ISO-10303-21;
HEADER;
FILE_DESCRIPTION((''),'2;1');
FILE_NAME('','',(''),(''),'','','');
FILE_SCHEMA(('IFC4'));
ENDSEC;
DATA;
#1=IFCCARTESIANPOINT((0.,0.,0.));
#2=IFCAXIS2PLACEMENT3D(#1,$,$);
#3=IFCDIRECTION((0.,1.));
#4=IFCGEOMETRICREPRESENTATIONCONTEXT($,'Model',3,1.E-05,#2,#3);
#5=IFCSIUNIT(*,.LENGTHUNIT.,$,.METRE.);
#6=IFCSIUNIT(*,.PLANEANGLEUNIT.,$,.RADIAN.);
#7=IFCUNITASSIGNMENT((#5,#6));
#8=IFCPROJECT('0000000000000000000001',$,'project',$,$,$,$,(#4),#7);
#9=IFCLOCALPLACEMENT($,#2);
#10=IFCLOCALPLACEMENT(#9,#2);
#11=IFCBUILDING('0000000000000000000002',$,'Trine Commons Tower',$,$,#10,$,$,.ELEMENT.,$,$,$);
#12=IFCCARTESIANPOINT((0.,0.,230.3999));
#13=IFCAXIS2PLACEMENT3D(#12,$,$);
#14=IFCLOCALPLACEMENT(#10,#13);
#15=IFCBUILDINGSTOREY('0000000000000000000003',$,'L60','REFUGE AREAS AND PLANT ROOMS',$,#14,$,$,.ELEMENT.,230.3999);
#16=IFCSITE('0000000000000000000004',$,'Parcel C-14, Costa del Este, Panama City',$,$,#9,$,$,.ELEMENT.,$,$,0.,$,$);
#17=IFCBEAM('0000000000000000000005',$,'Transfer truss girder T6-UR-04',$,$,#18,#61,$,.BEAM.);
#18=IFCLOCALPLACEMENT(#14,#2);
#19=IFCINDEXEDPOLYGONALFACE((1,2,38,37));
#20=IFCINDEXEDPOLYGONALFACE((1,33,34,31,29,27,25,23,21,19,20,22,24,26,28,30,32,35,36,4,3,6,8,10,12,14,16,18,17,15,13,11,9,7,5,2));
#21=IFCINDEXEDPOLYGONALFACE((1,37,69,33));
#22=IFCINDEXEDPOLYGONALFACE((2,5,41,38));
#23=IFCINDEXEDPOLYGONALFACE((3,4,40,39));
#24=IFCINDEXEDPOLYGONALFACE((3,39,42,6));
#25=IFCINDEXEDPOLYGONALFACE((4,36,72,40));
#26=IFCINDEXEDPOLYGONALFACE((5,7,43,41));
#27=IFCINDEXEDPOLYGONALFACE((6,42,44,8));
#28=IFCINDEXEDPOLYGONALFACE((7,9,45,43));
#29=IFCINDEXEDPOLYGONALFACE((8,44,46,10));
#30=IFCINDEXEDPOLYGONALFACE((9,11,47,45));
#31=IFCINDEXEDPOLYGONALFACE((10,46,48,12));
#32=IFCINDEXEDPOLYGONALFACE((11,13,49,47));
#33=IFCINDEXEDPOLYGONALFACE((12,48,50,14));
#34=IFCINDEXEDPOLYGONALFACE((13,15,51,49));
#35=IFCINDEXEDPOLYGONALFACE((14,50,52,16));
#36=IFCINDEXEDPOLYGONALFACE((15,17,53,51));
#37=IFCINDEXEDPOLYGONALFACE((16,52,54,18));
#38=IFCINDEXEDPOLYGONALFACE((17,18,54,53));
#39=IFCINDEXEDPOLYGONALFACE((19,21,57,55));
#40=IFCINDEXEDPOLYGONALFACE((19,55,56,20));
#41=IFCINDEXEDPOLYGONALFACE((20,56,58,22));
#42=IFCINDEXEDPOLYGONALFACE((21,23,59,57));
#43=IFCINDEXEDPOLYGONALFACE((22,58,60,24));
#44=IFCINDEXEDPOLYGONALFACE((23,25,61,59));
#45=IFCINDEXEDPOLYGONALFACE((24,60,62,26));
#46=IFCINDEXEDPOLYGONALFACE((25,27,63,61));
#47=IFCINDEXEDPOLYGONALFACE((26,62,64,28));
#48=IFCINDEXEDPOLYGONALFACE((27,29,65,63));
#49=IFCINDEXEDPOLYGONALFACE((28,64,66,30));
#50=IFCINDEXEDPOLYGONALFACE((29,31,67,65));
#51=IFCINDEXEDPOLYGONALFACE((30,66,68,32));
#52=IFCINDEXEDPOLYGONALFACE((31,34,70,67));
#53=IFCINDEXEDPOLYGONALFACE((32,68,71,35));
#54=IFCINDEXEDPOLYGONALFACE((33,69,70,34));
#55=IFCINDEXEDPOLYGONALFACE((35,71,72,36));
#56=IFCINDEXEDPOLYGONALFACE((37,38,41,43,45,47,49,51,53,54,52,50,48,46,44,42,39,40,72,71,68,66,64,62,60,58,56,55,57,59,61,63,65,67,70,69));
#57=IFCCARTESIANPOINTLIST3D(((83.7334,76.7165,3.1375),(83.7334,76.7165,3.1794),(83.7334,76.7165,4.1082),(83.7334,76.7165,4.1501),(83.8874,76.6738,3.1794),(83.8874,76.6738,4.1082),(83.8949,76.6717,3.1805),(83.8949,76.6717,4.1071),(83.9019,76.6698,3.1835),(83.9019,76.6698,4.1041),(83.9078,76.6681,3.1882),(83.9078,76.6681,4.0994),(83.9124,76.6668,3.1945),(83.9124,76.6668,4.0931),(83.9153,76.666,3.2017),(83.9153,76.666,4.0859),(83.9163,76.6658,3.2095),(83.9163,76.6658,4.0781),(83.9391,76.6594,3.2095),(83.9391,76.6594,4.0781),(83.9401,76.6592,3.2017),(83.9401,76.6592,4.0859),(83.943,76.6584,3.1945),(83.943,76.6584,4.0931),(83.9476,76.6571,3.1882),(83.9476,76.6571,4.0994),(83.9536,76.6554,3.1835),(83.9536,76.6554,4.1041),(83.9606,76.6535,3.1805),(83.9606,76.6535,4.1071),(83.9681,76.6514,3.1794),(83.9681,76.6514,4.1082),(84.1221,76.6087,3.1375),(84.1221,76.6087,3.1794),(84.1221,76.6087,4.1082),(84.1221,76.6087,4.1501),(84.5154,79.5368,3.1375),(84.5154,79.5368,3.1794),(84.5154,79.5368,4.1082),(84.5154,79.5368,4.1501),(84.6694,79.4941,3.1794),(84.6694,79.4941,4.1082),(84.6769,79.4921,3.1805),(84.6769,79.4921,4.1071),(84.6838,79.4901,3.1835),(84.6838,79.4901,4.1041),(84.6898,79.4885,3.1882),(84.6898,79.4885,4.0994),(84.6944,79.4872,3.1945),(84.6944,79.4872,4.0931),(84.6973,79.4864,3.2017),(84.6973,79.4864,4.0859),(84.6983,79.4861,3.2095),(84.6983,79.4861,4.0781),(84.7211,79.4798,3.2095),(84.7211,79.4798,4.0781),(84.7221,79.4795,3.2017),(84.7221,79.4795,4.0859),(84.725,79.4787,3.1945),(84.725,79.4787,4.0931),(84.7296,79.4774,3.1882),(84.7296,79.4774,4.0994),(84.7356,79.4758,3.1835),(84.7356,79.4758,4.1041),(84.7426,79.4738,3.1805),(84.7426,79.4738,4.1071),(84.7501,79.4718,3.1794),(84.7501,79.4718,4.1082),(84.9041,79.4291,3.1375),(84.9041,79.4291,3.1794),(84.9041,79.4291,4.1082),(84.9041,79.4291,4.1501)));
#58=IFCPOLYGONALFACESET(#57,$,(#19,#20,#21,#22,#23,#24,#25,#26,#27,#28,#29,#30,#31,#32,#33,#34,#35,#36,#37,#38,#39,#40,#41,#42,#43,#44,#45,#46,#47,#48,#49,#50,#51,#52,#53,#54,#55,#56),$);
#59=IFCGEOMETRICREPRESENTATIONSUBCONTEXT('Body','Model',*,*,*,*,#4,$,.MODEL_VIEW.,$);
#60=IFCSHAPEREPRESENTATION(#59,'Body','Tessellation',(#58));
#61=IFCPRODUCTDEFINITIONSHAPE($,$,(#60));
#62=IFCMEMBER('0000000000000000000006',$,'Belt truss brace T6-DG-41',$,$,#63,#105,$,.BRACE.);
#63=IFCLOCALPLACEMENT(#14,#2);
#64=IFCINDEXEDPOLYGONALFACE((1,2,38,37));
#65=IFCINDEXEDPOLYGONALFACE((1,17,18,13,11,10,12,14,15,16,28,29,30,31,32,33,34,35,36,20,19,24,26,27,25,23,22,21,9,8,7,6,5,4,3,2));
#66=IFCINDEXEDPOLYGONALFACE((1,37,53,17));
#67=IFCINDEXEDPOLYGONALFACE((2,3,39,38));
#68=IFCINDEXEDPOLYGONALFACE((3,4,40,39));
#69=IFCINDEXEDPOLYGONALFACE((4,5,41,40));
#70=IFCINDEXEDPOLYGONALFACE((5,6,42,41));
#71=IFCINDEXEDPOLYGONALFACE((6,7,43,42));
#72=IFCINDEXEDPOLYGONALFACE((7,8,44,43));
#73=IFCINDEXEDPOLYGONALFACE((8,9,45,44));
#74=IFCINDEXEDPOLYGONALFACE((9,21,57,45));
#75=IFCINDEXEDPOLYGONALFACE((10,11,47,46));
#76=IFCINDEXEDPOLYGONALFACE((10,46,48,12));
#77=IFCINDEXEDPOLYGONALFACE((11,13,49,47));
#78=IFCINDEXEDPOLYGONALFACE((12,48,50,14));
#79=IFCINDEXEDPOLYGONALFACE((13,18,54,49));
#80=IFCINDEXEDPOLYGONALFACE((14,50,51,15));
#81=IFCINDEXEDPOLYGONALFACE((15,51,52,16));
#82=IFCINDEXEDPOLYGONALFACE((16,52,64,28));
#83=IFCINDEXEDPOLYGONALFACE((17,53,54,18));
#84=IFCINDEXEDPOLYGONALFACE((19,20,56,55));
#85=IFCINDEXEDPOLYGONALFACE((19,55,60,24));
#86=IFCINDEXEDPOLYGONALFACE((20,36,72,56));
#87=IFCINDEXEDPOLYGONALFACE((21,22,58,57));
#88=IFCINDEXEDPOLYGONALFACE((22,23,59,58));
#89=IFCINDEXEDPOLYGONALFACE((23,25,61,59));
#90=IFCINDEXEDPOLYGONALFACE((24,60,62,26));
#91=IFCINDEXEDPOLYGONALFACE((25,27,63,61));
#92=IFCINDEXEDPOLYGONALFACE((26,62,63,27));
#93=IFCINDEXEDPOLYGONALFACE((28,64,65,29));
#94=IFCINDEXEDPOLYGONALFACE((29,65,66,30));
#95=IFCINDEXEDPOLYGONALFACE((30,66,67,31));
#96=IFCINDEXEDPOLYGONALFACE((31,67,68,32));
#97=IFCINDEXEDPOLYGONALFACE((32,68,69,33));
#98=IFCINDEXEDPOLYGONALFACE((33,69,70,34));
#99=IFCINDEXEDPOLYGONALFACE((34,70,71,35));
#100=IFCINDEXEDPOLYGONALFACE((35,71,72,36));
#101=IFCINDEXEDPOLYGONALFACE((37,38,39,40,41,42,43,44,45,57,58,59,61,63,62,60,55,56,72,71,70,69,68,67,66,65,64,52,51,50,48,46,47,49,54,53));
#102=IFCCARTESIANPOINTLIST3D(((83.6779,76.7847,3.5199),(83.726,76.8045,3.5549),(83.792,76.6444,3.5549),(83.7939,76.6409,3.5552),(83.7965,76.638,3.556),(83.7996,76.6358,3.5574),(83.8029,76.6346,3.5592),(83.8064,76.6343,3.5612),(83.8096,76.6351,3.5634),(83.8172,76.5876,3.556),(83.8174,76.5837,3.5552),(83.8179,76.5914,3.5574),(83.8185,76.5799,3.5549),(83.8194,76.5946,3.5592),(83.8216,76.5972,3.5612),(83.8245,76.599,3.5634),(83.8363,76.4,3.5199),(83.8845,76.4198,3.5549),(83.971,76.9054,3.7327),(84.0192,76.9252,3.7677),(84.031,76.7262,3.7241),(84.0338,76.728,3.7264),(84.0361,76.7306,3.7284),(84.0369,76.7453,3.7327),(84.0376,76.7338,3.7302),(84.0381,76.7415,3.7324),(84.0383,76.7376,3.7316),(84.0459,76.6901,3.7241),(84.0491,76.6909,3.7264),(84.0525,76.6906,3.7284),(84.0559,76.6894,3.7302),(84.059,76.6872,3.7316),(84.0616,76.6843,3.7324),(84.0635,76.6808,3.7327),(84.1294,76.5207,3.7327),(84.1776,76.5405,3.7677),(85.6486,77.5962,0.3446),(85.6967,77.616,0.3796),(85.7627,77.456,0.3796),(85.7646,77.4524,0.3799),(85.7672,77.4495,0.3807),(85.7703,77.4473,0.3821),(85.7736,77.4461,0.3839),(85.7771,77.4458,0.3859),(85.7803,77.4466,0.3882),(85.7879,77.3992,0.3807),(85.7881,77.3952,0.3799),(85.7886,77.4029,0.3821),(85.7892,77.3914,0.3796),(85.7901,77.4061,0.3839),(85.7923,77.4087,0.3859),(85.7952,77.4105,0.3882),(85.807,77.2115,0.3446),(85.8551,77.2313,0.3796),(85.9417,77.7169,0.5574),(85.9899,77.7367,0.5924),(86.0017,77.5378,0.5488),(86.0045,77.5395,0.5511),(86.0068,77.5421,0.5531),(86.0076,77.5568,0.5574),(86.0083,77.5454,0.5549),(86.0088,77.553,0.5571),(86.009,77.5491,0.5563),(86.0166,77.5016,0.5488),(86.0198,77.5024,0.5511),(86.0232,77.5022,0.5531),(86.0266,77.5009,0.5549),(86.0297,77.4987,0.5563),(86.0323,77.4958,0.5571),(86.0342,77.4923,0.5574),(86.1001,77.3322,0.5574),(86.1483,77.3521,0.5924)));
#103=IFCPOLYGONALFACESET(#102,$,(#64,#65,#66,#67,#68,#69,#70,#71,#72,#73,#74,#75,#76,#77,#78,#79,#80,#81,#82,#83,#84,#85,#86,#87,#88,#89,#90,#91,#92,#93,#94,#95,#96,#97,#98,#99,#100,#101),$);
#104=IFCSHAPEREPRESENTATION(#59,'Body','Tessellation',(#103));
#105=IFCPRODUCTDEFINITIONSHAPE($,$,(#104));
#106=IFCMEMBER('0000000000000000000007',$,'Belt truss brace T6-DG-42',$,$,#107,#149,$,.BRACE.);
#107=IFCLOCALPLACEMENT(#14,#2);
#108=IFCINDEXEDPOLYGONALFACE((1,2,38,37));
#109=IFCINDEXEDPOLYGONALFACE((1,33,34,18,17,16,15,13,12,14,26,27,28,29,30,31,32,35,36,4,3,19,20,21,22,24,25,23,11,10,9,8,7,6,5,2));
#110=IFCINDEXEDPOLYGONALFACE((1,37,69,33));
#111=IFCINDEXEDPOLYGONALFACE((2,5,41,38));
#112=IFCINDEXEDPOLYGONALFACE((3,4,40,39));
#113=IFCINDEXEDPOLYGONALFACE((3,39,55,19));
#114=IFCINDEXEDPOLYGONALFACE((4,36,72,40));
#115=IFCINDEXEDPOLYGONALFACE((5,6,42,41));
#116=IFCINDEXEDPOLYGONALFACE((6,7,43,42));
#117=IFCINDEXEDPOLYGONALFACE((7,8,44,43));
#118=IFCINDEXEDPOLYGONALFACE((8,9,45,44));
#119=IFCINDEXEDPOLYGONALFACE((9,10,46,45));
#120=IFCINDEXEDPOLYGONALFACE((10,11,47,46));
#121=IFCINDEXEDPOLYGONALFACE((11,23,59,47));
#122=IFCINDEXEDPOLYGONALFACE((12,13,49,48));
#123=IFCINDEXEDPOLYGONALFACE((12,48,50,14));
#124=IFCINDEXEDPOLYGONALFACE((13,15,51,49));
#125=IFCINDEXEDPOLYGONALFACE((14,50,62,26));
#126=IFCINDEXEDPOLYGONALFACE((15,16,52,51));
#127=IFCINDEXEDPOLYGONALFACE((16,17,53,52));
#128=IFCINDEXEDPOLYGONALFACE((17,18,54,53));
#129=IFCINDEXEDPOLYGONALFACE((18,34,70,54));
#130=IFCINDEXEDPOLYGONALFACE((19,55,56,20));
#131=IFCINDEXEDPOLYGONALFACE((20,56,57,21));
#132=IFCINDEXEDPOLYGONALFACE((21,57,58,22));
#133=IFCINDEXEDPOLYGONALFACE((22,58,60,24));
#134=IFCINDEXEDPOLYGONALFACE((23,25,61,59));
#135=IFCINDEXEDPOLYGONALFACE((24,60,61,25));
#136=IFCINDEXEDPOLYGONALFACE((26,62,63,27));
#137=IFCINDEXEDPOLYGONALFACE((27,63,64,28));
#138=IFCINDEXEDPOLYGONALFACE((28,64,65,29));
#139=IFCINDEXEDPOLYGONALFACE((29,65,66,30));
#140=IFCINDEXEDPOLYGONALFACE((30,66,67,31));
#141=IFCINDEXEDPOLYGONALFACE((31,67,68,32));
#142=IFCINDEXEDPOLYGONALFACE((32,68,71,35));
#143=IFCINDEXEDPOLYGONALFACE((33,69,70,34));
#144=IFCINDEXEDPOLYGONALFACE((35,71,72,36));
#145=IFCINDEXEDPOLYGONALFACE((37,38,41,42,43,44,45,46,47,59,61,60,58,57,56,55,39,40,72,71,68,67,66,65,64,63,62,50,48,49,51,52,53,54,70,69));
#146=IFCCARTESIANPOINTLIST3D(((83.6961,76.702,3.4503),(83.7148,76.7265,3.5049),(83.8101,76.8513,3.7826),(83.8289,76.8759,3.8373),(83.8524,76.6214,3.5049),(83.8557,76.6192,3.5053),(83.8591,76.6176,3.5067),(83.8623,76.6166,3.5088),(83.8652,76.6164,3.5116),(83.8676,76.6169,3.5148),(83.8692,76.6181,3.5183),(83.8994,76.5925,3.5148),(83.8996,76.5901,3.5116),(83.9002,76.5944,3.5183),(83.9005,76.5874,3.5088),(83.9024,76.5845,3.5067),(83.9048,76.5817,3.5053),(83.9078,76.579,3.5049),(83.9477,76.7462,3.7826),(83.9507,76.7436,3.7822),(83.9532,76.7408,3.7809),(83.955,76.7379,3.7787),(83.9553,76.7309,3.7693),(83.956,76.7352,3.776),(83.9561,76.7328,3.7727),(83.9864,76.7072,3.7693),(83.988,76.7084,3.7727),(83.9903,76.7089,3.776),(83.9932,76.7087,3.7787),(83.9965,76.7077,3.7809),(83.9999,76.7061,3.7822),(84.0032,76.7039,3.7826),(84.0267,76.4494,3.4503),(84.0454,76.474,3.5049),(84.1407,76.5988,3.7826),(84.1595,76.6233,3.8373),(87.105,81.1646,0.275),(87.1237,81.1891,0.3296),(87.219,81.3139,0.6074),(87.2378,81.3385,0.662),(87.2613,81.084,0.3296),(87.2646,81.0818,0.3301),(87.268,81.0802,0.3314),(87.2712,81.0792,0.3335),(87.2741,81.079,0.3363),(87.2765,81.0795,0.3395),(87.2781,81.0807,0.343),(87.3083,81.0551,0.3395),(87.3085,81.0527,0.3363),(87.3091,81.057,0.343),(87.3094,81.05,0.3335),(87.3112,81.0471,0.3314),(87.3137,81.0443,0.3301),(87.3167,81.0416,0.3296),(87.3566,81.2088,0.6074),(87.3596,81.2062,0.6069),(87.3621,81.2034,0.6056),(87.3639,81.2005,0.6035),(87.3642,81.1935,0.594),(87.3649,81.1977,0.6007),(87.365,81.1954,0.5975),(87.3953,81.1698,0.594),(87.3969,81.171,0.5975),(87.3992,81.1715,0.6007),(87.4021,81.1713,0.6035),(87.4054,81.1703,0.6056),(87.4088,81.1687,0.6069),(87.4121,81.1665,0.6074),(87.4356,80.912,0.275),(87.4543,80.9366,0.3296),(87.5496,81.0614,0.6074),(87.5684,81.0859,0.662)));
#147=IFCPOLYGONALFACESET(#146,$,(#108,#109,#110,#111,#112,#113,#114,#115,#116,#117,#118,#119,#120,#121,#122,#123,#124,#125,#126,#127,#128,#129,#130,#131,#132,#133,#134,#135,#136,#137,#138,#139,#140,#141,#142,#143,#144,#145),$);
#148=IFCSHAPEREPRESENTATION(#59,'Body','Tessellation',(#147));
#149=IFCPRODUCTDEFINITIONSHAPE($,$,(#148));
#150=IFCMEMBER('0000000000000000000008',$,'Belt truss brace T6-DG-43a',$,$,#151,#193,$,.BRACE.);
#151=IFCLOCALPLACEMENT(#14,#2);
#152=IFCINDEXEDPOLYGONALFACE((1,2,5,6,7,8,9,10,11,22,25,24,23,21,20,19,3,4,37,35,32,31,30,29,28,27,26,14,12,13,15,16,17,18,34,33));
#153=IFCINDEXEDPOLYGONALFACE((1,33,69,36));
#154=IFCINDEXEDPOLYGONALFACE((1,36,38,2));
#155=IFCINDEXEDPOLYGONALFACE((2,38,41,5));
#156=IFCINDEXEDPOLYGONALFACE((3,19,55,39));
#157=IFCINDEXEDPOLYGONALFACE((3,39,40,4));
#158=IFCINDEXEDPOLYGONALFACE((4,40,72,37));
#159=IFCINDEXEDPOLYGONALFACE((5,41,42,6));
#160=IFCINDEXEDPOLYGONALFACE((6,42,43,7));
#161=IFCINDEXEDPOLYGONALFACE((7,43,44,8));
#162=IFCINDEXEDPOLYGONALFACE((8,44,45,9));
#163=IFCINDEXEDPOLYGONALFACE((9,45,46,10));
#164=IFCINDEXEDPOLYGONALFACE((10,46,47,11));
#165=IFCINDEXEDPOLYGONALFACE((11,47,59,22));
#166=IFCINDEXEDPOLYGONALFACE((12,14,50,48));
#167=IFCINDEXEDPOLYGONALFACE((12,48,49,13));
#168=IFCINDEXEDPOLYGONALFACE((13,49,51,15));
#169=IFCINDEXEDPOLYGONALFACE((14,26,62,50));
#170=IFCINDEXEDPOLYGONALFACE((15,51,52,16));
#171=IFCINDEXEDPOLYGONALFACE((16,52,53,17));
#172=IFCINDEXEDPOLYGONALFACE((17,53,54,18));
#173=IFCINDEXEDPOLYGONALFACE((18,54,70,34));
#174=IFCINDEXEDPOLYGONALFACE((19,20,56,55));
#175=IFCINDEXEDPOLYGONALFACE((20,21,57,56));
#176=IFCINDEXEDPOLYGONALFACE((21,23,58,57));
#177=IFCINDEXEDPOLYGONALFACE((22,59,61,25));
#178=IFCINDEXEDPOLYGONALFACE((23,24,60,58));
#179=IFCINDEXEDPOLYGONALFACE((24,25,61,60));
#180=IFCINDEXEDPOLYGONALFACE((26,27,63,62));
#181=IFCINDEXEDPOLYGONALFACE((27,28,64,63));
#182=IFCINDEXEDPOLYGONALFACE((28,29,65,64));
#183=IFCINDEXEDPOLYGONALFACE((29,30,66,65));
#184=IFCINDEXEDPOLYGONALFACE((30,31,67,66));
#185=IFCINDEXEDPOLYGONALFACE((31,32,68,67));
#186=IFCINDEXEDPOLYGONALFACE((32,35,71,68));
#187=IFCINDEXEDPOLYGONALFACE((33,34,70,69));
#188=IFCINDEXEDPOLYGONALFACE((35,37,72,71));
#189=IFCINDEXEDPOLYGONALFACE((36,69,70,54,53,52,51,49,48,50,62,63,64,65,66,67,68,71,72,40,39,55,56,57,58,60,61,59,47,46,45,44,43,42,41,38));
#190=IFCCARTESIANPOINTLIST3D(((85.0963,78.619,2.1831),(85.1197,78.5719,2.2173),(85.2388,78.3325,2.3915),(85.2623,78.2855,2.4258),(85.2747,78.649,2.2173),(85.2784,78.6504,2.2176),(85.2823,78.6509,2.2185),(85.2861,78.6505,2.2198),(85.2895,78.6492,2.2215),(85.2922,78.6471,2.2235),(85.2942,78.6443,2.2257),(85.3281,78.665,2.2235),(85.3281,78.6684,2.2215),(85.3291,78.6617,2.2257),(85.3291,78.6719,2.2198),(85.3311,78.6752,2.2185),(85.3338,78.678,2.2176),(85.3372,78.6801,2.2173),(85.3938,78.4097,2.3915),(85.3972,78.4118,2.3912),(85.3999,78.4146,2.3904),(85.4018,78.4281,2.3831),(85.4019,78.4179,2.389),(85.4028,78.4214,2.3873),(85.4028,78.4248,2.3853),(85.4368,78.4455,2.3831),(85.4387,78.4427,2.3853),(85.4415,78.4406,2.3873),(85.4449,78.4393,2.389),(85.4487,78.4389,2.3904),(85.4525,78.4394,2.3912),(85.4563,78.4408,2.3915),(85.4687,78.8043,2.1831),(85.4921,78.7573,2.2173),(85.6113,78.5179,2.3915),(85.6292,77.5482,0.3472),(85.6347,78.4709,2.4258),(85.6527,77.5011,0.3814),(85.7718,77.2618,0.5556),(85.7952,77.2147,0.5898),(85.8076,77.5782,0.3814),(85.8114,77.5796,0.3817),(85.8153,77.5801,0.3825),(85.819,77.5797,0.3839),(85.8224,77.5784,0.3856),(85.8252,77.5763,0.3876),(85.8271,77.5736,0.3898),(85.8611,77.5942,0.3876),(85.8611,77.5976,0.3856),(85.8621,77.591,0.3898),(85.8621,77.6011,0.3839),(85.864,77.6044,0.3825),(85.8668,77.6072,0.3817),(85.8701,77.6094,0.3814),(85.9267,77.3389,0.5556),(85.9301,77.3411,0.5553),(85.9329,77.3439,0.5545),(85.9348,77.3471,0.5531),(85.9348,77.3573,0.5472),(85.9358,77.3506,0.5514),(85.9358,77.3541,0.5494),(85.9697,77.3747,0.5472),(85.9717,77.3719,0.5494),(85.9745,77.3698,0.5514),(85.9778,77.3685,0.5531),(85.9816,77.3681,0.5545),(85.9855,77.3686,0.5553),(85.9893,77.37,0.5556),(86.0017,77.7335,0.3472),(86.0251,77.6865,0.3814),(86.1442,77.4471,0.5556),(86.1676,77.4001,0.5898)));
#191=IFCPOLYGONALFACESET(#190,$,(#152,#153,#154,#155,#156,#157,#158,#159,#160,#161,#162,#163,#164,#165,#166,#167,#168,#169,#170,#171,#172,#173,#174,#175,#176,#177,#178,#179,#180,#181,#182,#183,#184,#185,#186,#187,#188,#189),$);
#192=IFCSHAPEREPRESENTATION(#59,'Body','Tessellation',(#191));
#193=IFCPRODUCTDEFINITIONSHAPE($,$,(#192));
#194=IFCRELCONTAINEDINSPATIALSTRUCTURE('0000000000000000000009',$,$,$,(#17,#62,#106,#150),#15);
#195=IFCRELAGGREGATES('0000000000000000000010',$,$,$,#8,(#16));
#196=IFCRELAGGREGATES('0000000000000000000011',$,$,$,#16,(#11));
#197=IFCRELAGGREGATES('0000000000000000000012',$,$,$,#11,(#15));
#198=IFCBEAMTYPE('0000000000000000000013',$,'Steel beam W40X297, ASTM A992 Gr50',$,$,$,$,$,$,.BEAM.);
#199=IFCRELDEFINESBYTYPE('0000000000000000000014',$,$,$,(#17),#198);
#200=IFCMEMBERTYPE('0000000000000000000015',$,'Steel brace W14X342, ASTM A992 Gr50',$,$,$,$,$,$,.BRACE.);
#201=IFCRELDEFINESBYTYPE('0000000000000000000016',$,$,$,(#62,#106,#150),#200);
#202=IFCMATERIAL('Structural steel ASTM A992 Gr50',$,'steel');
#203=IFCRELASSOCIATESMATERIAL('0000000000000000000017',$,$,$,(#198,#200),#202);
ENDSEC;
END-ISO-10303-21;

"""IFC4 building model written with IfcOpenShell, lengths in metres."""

from ifc_helpers import new_model, si_unit, direction, frame, origin, origin_2d, place, context, subcontext, project, spatial, i_section, extrude, material, material_profile, profile_set, type_object, element, save


model = new_model("IFC4")

# Units and contexts
model_context = context("Model", 3, precision=1e-05, world=origin(), true_north=direction((0.0, 1.0)))
body_context = subcontext(model_context, "Body", "Model", "MODEL_VIEW")
ifc_project = project(units=[si_unit("LENGTHUNIT", "METRE"), si_unit("PLANEANGLEUNIT", "RADIAN")], contexts=[model_context])

# Site, building, storey
site_placement = place(None, origin())
site = spatial("IfcSite", under=ifc_project, at=site_placement, Name="Parcel C-14, Costa del Este, Panama City", CompositionType="ELEMENT", RefElevation=0.0)
building_placement = place(site_placement, origin())
building = spatial("IfcBuilding", under=site, at=building_placement, Name="Trine Commons Tower", CompositionType="ELEMENT")
storey_placement = place(building_placement, frame((0.0, 0.0, 230.3999)))
storey = spatial("IfcBuildingStorey", under=building, at=storey_placement, Name="L60", Description="REFUGE AREAS AND PLANT ROOMS", CompositionType="ELEMENT", Elevation=230.3999)

# Beam
ifc_material_1 = material(Name="Structural steel ASTM A992 Gr50", Category="steel")
ifc_material_profile_1 = material_profile(ifc_material_1, i_section(OverallWidth=0.4033, OverallDepth=1.0127, WebThickness=0.0237, FlangeThickness=0.042, FilletRadius=0.03, at=origin_2d()), Name="W40X297")
ifc_profile_set_1 = profile_set([ifc_material_profile_1], Name="Structural steel ASTM A992 Gr50")
beam_type = type_object("IfcBeamType", Name="Steel beam W40X297, ASTM A992 Gr50", PredefinedType="BEAM", material=ifc_profile_set_1)
beam_placement = place(storey_placement, frame((83.9277, 76.6626, 3.6438), z_axis=(0.267188, 0.963644, 0.0), x_axis=(-0.963644, 0.267188, 0.0)))
element("IfcBeam", 1, at=beam_placement, inside=storey, type_object=beam_type, Name="Transfer truss girder T6-UR-04", PredefinedType="BEAM", context=body_context, shape_type="SweptSolid", body=[
    extrude(i_section(OverallWidth=0.4033, OverallDepth=1.0127, WebThickness=0.0237, FlangeThickness=0.042, FilletRadius=0.03, at=origin_2d()), origin(), (0.0, 0.0, 1.0), 2.9268),
])

# Members
ifc_material_profile_2 = material_profile(ifc_material_1, i_section(OverallWidth=0.416, OverallDepth=0.4446, WebThickness=0.0391, FlangeThickness=0.0627, FilletRadius=0.0154, at=origin_2d()), Name="W14X342")
ifc_profile_set_2 = profile_set([ifc_material_profile_2], Name="Structural steel ASTM A992 Gr50")
member_type = type_object("IfcMemberType", Name="Steel brace W14X342, ASTM A992 Gr50", PredefinedType="BRACE", material=ifc_profile_set_2)
member_1_placement = place(storey_placement, frame((85.8984, 77.4741, 0.4685), z_axis=(-0.51532, -0.212206, 0.830309), x_axis=(0.380773, -0.924669, 0.0)))
element("IfcMember", 2, at=member_1_placement, inside=storey, type_object=member_type, Name="Belt truss brace T6-DG-41", PredefinedType="BRACE", context=body_context, shape_type="SweptSolid", body=[
    extrude(i_section(OverallWidth=0.416, OverallDepth=0.4446, WebThickness=0.0391, FlangeThickness=0.0627, FilletRadius=0.0154, at=origin_2d()), origin(), (0.0, 0.0, 1.0), 3.8242),
])
member_2_placement = place(storey_placement, frame((87.3367, 81.1252, 0.4685), z_axis=(-0.528415, -0.69175, 0.492199), x_axis=(0.794674, -0.607037, 0.0)))
element("IfcMember", 3, at=member_2_placement, inside=storey, type_object=member_type, Name="Belt truss brace T6-DG-42", PredefinedType="BRACE", context=body_context, shape_type="SweptSolid", body=[
    extrude(i_section(OverallWidth=0.416, OverallDepth=0.4446, WebThickness=0.0391, FlangeThickness=0.0627, FilletRadius=0.0154, at=origin_2d()), origin(), (0.0, 0.0, 1.0), 6.4512),
])
member_3_placement = place(storey_placement, frame((85.8984, 77.4741, 0.4685), z_axis=(-0.243228, 0.488684, 0.837871), x_axis=(-0.895242, -0.44558, 0.0)))
element("IfcMember", 4, at=member_3_placement, inside=storey, type_object=member_type, Name="Belt truss brace T6-DG-43a", PredefinedType="BRACE", context=body_context, shape_type="SweptSolid", body=[
    extrude(i_section(OverallWidth=0.416, OverallDepth=0.4446, WebThickness=0.0391, FlangeThickness=0.0627, FilletRadius=0.0154, at=origin_2d()), origin(), (0.0, 0.0, 1.0), 2.1912),
])

save(model, "model.ifc")
